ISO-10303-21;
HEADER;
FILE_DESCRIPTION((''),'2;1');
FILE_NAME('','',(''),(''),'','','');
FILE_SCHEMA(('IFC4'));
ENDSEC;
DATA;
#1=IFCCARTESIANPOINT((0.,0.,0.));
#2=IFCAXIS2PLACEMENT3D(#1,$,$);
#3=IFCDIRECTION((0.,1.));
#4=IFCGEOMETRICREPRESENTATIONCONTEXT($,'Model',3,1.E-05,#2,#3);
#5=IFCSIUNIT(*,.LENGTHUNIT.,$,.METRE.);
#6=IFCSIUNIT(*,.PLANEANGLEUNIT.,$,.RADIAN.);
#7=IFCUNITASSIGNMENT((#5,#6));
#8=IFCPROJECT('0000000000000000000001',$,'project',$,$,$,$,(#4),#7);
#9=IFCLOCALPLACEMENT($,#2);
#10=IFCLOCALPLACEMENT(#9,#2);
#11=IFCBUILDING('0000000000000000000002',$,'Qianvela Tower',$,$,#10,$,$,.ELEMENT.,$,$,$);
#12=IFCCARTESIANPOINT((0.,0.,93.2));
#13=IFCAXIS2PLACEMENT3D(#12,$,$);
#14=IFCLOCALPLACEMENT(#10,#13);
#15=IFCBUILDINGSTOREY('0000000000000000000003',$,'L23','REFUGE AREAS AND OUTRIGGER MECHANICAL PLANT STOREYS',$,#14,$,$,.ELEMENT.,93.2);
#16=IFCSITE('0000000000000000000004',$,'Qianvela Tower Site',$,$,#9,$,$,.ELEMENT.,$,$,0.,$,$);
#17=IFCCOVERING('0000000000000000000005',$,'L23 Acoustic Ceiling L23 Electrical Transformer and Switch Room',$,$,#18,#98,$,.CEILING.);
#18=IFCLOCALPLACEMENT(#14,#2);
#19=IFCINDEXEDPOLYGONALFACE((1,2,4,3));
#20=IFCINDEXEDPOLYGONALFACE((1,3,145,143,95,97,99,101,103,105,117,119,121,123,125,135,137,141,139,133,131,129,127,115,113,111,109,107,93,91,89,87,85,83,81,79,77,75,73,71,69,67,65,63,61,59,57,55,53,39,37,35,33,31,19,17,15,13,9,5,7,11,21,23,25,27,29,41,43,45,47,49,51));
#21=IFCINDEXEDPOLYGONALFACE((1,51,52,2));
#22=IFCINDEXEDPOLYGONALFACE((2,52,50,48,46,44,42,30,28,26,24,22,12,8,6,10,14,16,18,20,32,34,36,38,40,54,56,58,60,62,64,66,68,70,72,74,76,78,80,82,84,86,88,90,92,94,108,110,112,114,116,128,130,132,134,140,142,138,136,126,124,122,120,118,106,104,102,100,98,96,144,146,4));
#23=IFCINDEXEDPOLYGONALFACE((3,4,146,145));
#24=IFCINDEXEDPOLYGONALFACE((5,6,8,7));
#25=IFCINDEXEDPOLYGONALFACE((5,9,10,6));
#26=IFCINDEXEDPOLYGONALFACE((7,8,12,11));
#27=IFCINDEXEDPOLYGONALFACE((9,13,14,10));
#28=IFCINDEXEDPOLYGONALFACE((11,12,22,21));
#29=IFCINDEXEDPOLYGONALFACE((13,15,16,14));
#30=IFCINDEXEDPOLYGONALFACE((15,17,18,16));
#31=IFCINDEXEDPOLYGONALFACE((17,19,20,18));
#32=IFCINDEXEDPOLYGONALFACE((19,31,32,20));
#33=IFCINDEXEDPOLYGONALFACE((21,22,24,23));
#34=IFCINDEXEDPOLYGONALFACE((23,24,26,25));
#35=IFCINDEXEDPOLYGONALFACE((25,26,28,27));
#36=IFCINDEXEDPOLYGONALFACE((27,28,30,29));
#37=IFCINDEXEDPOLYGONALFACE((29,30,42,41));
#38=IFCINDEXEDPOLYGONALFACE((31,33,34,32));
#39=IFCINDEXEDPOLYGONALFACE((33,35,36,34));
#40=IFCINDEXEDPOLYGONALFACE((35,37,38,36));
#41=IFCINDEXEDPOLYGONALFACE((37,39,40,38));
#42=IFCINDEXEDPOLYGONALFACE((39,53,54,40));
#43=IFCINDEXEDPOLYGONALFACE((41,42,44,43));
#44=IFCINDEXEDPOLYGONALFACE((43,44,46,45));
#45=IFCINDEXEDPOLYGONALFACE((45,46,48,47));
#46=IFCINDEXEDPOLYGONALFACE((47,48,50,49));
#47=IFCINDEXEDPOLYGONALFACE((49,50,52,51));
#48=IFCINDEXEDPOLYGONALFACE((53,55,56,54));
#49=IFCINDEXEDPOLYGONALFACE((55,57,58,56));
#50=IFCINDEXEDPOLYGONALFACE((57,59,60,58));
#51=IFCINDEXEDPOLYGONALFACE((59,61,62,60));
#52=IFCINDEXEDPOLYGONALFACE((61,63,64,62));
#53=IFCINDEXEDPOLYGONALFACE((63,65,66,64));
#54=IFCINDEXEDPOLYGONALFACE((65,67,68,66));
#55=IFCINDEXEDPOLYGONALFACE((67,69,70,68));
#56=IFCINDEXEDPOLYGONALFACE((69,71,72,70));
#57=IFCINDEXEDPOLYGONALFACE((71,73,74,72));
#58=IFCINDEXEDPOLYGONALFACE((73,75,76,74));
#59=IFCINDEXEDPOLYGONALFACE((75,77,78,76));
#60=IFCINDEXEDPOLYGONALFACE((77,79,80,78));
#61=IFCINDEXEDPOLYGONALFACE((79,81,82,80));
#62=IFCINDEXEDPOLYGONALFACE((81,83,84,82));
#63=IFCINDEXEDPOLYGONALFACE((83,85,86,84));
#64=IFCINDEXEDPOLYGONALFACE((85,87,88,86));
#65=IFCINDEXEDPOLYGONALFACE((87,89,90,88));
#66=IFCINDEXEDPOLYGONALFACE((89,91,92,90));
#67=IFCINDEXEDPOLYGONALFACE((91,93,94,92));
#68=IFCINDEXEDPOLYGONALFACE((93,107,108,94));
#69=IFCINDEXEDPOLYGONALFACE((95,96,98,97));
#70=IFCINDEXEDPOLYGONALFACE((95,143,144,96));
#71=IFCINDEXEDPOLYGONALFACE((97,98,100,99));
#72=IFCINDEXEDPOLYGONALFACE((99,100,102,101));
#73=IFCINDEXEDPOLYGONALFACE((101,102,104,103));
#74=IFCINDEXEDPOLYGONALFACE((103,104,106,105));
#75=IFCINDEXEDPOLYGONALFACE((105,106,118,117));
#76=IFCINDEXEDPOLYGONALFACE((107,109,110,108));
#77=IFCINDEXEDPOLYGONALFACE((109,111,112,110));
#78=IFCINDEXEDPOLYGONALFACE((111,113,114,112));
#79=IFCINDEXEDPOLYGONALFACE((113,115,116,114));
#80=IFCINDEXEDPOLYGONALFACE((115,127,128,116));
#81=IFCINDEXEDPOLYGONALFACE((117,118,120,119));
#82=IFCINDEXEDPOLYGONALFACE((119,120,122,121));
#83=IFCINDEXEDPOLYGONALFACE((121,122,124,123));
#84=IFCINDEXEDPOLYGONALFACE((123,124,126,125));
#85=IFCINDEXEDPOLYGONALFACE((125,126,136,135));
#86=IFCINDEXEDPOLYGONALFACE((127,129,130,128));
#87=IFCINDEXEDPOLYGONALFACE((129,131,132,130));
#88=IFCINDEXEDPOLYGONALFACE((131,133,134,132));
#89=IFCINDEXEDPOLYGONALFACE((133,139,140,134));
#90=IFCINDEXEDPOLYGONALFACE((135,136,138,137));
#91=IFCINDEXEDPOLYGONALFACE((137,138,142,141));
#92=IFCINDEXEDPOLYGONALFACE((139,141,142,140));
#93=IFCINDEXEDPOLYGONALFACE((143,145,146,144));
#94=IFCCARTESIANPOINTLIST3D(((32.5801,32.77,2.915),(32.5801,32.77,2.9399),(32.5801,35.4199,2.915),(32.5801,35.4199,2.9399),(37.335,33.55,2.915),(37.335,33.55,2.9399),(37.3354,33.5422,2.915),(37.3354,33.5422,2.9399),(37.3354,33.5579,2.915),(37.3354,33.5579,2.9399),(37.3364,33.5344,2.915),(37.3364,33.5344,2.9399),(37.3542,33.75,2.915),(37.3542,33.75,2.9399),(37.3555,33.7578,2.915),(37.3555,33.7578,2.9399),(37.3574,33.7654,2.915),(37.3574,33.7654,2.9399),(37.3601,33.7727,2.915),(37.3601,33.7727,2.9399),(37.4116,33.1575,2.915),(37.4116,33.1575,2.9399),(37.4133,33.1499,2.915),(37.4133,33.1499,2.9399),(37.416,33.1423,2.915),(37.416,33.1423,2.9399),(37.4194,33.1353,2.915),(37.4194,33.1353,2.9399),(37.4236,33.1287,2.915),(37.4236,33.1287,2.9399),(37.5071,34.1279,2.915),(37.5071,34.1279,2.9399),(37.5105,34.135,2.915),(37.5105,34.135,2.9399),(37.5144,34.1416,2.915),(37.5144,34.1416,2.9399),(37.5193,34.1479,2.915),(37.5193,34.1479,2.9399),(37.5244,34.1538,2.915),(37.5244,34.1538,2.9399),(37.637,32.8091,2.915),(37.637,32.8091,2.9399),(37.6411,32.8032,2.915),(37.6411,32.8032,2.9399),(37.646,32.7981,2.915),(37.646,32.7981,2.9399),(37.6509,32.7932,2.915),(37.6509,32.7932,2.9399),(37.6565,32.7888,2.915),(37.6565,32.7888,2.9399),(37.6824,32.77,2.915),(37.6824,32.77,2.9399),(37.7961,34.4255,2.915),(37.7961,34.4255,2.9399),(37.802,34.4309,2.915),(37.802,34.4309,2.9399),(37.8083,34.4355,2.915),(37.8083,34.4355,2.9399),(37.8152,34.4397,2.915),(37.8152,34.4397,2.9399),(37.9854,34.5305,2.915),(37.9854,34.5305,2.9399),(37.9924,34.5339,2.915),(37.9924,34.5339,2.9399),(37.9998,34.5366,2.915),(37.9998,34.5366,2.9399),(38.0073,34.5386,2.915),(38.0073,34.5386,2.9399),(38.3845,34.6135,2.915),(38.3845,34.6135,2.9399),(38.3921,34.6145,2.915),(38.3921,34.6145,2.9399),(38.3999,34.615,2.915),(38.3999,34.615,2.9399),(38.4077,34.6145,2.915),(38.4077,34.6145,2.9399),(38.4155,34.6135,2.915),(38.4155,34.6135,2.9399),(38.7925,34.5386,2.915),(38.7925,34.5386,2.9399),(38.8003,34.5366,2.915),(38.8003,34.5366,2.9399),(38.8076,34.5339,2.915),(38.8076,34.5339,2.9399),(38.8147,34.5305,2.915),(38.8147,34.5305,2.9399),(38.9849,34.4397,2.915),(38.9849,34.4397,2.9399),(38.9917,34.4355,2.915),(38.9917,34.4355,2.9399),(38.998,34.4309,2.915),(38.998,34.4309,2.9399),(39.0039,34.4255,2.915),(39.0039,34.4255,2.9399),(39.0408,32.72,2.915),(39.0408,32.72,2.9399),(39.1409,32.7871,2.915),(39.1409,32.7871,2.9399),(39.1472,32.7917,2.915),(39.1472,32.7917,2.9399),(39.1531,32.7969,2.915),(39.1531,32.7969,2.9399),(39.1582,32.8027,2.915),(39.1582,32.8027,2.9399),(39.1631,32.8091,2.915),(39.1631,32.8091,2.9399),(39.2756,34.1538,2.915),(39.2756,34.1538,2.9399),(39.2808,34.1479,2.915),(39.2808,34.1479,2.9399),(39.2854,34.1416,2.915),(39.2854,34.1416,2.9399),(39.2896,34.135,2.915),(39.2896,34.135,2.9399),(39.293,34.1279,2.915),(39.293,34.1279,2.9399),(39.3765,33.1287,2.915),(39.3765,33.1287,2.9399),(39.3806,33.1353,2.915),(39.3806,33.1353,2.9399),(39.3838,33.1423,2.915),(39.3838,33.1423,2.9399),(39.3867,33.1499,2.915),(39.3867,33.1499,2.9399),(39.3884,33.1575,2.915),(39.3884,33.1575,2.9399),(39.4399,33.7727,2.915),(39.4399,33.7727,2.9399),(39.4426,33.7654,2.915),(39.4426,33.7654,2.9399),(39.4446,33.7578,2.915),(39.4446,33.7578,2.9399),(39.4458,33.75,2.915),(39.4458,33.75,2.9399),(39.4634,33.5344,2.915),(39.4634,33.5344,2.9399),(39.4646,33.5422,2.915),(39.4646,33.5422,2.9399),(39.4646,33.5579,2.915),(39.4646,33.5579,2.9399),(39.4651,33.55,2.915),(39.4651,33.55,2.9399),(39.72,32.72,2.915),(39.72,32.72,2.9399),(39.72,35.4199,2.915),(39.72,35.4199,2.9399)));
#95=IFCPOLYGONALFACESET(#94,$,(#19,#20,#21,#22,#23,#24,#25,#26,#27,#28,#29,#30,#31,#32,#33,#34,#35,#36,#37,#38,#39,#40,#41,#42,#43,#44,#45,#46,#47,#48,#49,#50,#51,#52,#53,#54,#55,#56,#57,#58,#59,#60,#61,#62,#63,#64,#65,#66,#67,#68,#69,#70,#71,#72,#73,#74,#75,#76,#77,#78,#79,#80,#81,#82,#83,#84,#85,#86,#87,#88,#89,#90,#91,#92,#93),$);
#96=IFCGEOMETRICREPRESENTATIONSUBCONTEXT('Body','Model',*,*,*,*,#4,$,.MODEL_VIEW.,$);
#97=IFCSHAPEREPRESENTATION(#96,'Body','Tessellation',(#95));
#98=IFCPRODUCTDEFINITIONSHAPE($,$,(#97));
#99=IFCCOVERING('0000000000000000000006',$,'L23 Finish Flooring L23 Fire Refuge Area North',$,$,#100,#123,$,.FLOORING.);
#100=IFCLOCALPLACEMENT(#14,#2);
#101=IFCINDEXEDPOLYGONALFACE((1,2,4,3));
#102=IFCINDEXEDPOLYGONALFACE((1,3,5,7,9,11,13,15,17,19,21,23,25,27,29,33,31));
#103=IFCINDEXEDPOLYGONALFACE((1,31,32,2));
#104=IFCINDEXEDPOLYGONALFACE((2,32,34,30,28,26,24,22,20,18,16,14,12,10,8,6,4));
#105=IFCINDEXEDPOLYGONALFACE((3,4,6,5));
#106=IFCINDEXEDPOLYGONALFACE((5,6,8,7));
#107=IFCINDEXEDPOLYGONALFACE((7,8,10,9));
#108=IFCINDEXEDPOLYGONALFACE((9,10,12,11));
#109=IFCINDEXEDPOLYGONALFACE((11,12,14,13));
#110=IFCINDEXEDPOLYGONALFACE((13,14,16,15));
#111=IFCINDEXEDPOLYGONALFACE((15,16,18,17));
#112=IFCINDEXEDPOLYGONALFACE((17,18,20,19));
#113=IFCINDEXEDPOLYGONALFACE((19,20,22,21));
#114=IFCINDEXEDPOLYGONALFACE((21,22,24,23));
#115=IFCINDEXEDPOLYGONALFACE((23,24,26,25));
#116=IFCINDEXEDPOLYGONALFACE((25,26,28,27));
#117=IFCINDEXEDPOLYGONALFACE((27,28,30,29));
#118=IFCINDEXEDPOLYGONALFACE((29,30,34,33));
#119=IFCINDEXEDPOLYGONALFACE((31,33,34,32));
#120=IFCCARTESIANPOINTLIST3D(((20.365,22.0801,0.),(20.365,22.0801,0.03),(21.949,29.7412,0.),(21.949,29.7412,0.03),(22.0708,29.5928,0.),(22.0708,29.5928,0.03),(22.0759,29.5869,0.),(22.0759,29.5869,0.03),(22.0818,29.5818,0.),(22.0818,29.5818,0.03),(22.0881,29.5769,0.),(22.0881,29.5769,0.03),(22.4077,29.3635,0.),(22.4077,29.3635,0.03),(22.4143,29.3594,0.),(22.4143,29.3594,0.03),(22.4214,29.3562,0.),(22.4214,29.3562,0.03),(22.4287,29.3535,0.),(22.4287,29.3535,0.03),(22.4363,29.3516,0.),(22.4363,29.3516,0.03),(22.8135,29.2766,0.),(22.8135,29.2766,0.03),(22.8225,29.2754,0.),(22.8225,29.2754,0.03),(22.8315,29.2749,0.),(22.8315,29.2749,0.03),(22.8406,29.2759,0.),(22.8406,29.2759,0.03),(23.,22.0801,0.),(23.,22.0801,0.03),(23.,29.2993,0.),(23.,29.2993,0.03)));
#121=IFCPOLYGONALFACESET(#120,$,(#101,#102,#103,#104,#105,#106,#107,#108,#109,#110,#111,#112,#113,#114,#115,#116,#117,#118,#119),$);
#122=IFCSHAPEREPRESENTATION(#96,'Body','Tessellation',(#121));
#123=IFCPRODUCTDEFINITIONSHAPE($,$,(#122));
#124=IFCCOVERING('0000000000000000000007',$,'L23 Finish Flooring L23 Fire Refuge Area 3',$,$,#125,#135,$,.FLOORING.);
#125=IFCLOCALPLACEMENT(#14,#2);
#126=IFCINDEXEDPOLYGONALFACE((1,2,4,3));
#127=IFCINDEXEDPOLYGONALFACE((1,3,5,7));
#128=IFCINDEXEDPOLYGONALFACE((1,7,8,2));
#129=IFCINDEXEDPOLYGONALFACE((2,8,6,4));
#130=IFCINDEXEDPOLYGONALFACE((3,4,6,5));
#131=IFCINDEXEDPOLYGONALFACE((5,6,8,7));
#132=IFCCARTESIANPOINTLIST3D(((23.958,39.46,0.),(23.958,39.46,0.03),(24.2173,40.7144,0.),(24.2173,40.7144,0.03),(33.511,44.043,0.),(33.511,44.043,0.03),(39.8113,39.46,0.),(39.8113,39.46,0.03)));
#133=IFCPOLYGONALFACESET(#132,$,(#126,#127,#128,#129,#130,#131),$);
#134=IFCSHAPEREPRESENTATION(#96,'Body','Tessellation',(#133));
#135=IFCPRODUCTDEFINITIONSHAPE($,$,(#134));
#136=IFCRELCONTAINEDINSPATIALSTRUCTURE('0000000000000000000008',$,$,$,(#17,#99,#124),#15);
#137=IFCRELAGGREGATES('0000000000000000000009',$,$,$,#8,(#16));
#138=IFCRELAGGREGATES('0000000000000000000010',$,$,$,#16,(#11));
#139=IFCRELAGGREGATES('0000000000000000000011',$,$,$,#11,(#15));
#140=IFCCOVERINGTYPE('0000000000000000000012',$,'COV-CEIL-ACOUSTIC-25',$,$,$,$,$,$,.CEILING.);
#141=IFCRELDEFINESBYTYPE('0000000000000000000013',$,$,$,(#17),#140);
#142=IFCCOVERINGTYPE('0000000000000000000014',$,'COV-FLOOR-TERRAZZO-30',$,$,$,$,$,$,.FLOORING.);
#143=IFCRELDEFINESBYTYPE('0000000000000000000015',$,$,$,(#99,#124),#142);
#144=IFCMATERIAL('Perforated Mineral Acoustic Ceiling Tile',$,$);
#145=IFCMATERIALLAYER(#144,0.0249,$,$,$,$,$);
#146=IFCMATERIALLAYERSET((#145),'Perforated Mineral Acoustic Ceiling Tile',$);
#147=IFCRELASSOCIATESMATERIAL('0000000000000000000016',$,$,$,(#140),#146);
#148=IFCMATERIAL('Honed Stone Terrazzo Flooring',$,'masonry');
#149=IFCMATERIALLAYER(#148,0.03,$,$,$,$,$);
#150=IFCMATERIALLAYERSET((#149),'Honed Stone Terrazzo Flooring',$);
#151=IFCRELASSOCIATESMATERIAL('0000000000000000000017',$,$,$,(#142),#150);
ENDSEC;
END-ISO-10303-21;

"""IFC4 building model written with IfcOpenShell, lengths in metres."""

from ifc_helpers import new_model, si_unit, direction, frame, origin, place, context, subcontext, project, spatial, polyline, outline, extrude, material, layer, layer_set, type_object, element, save


model = new_model("IFC4")

# Units and contexts
model_context = context("Model", 3, precision=1e-05, world=origin(), true_north=direction((0.0, 1.0)))
body_context = subcontext(model_context, "Body", "Model", "MODEL_VIEW")
ifc_project = project(units=[si_unit("LENGTHUNIT", "METRE"), si_unit("PLANEANGLEUNIT", "RADIAN")], contexts=[model_context])

# Site, building, storey
site_placement = place(None, origin())
site = spatial("IfcSite", under=ifc_project, at=site_placement, Name="Qianvela Tower Site", CompositionType="ELEMENT", RefElevation=0.0)
building_placement = place(site_placement, origin())
building = spatial("IfcBuilding", under=site, at=building_placement, Name="Qianvela Tower", CompositionType="ELEMENT")
storey_placement = place(building_placement, frame((0.0, 0.0, 93.2)))
storey = spatial("IfcBuildingStorey", under=building, at=storey_placement, Name="L23", Description="REFUGE AREAS AND OUTRIGGER MECHANICAL PLANT STOREYS", CompositionType="ELEMENT", Elevation=93.2)

# Coverings
ifc_material_1 = material(Name="Perforated Mineral Acoustic Ceiling Tile")
ifc_layer_1 = layer(ifc_material_1, 0.0249)
ifc_layer_set_1 = layer_set([ifc_layer_1], Name="Perforated Mineral Acoustic Ceiling Tile")
covering_type_1 = type_object("IfcCoveringType", Name="COV-CEIL-ACOUSTIC-25", PredefinedType="CEILING", material=ifc_layer_set_1)
covering_1_placement = place(storey_placement, frame((0.0, 0.0, 2.915)))
element("IfcCovering", 1, at=covering_1_placement, inside=storey, type_object=covering_type_1, Name="L23 Acoustic Ceiling L23 Electrical Transformer and Switch Room", PredefinedType="CEILING", context=body_context, shape_type="SweptSolid", body=[
    extrude(outline(polyline([(32.5801, 32.77), (32.5801, 35.4199), (39.72, 35.4199), (39.72, 32.72), (39.0408, 32.72), (39.1409, 32.7871), (39.1472, 32.7917), (39.1531, 32.7969), (39.1582, 32.8027), (39.1631, 32.8091), (39.3765, 33.1287), (39.3806, 33.1353), (39.3838, 33.1423), (39.3867, 33.1499), (39.3884, 33.1575), (39.4634, 33.5344), (39.4646, 33.5422), (39.4651, 33.55), (39.4646, 33.5579), (39.4458, 33.75), (39.4446, 33.7578), (39.4426, 33.7654), (39.4399, 33.7727), (39.293, 34.1279), (39.2896, 34.135), (39.2854, 34.1416), (39.2808, 34.1479), (39.2756, 34.1538), (39.0039, 34.4255), (38.998, 34.4309), (38.9917, 34.4355), (38.9849, 34.4397), (38.8147, 34.5305), (38.8076, 34.5339), (38.8003, 34.5366), (38.7925, 34.5386), (38.4155, 34.6135), (38.4077, 34.6145), (38.3999, 34.615), (38.3921, 34.6145), (38.3845, 34.6135), (38.0073, 34.5386), (37.9998, 34.5366), (37.9924, 34.5339), (37.9854, 34.5305), (37.8152, 34.4397), (37.8083, 34.4355), (37.802, 34.4309), (37.7961, 34.4255), (37.5244, 34.1538), (37.5193, 34.1479), (37.5144, 34.1416), (37.5105, 34.135), (37.5071, 34.1279), (37.3601, 33.7727), (37.3574, 33.7654), (37.3555, 33.7578), (37.3542, 33.75), (37.3354, 33.5579), (37.335, 33.55), (37.3354, 33.5422), (37.3364, 33.5344), (37.4116, 33.1575), (37.4133, 33.1499), (37.416, 33.1423), (37.4194, 33.1353), (37.4236, 33.1287), (37.637, 32.8091), (37.6411, 32.8032), (37.646, 32.7981), (37.6509, 32.7932), (37.6565, 32.7888), (37.6824, 32.77), (32.5801, 32.77)])), origin(), (0.0, 0.0, 1.0), 0.0249),
])
ifc_material_2 = material(Name="Honed Stone Terrazzo Flooring", Category="masonry")
ifc_layer_2 = layer(ifc_material_2, 0.03)
ifc_layer_set_2 = layer_set([ifc_layer_2], Name="Honed Stone Terrazzo Flooring")
covering_type_2 = type_object("IfcCoveringType", Name="COV-FLOOR-TERRAZZO-30", PredefinedType="FLOORING", material=ifc_layer_set_2)
covering_2_placement = place(storey_placement, origin())
element("IfcCovering", 2, at=covering_2_placement, inside=storey, type_object=covering_type_2, Name="L23 Finish Flooring L23 Fire Refuge Area North", PredefinedType="FLOORING", context=body_context, shape_type="SweptSolid", body=[
    extrude(outline(polyline([(21.949, 29.7412), (22.0708, 29.5928), (22.0759, 29.5869), (22.0818, 29.5818), (22.0881, 29.5769), (22.4077, 29.3635), (22.4143, 29.3594), (22.4214, 29.3562), (22.4287, 29.3535), (22.4363, 29.3516), (22.8135, 29.2766), (22.8225, 29.2754), (22.8315, 29.2749), (22.8406, 29.2759), (23.0, 29.2993), (23.0, 22.0801), (20.365, 22.0801), (21.949, 29.7412)])), origin(), (0.0, 0.0, 1.0), 0.03),
])
covering_3_placement = place(storey_placement, origin())
element("IfcCovering", 3, at=covering_3_placement, inside=storey, type_object=covering_type_2, Name="L23 Finish Flooring L23 Fire Refuge Area 3", PredefinedType="FLOORING", context=body_context, shape_type="SweptSolid", body=[
    extrude(outline(polyline([(39.8113, 39.46), (23.958, 39.46), (24.2173, 40.7144), (33.511, 44.043), (39.8113, 39.46)])), origin(), (0.0, 0.0, 1.0), 0.03),
])

save(model, "model.ifc")
